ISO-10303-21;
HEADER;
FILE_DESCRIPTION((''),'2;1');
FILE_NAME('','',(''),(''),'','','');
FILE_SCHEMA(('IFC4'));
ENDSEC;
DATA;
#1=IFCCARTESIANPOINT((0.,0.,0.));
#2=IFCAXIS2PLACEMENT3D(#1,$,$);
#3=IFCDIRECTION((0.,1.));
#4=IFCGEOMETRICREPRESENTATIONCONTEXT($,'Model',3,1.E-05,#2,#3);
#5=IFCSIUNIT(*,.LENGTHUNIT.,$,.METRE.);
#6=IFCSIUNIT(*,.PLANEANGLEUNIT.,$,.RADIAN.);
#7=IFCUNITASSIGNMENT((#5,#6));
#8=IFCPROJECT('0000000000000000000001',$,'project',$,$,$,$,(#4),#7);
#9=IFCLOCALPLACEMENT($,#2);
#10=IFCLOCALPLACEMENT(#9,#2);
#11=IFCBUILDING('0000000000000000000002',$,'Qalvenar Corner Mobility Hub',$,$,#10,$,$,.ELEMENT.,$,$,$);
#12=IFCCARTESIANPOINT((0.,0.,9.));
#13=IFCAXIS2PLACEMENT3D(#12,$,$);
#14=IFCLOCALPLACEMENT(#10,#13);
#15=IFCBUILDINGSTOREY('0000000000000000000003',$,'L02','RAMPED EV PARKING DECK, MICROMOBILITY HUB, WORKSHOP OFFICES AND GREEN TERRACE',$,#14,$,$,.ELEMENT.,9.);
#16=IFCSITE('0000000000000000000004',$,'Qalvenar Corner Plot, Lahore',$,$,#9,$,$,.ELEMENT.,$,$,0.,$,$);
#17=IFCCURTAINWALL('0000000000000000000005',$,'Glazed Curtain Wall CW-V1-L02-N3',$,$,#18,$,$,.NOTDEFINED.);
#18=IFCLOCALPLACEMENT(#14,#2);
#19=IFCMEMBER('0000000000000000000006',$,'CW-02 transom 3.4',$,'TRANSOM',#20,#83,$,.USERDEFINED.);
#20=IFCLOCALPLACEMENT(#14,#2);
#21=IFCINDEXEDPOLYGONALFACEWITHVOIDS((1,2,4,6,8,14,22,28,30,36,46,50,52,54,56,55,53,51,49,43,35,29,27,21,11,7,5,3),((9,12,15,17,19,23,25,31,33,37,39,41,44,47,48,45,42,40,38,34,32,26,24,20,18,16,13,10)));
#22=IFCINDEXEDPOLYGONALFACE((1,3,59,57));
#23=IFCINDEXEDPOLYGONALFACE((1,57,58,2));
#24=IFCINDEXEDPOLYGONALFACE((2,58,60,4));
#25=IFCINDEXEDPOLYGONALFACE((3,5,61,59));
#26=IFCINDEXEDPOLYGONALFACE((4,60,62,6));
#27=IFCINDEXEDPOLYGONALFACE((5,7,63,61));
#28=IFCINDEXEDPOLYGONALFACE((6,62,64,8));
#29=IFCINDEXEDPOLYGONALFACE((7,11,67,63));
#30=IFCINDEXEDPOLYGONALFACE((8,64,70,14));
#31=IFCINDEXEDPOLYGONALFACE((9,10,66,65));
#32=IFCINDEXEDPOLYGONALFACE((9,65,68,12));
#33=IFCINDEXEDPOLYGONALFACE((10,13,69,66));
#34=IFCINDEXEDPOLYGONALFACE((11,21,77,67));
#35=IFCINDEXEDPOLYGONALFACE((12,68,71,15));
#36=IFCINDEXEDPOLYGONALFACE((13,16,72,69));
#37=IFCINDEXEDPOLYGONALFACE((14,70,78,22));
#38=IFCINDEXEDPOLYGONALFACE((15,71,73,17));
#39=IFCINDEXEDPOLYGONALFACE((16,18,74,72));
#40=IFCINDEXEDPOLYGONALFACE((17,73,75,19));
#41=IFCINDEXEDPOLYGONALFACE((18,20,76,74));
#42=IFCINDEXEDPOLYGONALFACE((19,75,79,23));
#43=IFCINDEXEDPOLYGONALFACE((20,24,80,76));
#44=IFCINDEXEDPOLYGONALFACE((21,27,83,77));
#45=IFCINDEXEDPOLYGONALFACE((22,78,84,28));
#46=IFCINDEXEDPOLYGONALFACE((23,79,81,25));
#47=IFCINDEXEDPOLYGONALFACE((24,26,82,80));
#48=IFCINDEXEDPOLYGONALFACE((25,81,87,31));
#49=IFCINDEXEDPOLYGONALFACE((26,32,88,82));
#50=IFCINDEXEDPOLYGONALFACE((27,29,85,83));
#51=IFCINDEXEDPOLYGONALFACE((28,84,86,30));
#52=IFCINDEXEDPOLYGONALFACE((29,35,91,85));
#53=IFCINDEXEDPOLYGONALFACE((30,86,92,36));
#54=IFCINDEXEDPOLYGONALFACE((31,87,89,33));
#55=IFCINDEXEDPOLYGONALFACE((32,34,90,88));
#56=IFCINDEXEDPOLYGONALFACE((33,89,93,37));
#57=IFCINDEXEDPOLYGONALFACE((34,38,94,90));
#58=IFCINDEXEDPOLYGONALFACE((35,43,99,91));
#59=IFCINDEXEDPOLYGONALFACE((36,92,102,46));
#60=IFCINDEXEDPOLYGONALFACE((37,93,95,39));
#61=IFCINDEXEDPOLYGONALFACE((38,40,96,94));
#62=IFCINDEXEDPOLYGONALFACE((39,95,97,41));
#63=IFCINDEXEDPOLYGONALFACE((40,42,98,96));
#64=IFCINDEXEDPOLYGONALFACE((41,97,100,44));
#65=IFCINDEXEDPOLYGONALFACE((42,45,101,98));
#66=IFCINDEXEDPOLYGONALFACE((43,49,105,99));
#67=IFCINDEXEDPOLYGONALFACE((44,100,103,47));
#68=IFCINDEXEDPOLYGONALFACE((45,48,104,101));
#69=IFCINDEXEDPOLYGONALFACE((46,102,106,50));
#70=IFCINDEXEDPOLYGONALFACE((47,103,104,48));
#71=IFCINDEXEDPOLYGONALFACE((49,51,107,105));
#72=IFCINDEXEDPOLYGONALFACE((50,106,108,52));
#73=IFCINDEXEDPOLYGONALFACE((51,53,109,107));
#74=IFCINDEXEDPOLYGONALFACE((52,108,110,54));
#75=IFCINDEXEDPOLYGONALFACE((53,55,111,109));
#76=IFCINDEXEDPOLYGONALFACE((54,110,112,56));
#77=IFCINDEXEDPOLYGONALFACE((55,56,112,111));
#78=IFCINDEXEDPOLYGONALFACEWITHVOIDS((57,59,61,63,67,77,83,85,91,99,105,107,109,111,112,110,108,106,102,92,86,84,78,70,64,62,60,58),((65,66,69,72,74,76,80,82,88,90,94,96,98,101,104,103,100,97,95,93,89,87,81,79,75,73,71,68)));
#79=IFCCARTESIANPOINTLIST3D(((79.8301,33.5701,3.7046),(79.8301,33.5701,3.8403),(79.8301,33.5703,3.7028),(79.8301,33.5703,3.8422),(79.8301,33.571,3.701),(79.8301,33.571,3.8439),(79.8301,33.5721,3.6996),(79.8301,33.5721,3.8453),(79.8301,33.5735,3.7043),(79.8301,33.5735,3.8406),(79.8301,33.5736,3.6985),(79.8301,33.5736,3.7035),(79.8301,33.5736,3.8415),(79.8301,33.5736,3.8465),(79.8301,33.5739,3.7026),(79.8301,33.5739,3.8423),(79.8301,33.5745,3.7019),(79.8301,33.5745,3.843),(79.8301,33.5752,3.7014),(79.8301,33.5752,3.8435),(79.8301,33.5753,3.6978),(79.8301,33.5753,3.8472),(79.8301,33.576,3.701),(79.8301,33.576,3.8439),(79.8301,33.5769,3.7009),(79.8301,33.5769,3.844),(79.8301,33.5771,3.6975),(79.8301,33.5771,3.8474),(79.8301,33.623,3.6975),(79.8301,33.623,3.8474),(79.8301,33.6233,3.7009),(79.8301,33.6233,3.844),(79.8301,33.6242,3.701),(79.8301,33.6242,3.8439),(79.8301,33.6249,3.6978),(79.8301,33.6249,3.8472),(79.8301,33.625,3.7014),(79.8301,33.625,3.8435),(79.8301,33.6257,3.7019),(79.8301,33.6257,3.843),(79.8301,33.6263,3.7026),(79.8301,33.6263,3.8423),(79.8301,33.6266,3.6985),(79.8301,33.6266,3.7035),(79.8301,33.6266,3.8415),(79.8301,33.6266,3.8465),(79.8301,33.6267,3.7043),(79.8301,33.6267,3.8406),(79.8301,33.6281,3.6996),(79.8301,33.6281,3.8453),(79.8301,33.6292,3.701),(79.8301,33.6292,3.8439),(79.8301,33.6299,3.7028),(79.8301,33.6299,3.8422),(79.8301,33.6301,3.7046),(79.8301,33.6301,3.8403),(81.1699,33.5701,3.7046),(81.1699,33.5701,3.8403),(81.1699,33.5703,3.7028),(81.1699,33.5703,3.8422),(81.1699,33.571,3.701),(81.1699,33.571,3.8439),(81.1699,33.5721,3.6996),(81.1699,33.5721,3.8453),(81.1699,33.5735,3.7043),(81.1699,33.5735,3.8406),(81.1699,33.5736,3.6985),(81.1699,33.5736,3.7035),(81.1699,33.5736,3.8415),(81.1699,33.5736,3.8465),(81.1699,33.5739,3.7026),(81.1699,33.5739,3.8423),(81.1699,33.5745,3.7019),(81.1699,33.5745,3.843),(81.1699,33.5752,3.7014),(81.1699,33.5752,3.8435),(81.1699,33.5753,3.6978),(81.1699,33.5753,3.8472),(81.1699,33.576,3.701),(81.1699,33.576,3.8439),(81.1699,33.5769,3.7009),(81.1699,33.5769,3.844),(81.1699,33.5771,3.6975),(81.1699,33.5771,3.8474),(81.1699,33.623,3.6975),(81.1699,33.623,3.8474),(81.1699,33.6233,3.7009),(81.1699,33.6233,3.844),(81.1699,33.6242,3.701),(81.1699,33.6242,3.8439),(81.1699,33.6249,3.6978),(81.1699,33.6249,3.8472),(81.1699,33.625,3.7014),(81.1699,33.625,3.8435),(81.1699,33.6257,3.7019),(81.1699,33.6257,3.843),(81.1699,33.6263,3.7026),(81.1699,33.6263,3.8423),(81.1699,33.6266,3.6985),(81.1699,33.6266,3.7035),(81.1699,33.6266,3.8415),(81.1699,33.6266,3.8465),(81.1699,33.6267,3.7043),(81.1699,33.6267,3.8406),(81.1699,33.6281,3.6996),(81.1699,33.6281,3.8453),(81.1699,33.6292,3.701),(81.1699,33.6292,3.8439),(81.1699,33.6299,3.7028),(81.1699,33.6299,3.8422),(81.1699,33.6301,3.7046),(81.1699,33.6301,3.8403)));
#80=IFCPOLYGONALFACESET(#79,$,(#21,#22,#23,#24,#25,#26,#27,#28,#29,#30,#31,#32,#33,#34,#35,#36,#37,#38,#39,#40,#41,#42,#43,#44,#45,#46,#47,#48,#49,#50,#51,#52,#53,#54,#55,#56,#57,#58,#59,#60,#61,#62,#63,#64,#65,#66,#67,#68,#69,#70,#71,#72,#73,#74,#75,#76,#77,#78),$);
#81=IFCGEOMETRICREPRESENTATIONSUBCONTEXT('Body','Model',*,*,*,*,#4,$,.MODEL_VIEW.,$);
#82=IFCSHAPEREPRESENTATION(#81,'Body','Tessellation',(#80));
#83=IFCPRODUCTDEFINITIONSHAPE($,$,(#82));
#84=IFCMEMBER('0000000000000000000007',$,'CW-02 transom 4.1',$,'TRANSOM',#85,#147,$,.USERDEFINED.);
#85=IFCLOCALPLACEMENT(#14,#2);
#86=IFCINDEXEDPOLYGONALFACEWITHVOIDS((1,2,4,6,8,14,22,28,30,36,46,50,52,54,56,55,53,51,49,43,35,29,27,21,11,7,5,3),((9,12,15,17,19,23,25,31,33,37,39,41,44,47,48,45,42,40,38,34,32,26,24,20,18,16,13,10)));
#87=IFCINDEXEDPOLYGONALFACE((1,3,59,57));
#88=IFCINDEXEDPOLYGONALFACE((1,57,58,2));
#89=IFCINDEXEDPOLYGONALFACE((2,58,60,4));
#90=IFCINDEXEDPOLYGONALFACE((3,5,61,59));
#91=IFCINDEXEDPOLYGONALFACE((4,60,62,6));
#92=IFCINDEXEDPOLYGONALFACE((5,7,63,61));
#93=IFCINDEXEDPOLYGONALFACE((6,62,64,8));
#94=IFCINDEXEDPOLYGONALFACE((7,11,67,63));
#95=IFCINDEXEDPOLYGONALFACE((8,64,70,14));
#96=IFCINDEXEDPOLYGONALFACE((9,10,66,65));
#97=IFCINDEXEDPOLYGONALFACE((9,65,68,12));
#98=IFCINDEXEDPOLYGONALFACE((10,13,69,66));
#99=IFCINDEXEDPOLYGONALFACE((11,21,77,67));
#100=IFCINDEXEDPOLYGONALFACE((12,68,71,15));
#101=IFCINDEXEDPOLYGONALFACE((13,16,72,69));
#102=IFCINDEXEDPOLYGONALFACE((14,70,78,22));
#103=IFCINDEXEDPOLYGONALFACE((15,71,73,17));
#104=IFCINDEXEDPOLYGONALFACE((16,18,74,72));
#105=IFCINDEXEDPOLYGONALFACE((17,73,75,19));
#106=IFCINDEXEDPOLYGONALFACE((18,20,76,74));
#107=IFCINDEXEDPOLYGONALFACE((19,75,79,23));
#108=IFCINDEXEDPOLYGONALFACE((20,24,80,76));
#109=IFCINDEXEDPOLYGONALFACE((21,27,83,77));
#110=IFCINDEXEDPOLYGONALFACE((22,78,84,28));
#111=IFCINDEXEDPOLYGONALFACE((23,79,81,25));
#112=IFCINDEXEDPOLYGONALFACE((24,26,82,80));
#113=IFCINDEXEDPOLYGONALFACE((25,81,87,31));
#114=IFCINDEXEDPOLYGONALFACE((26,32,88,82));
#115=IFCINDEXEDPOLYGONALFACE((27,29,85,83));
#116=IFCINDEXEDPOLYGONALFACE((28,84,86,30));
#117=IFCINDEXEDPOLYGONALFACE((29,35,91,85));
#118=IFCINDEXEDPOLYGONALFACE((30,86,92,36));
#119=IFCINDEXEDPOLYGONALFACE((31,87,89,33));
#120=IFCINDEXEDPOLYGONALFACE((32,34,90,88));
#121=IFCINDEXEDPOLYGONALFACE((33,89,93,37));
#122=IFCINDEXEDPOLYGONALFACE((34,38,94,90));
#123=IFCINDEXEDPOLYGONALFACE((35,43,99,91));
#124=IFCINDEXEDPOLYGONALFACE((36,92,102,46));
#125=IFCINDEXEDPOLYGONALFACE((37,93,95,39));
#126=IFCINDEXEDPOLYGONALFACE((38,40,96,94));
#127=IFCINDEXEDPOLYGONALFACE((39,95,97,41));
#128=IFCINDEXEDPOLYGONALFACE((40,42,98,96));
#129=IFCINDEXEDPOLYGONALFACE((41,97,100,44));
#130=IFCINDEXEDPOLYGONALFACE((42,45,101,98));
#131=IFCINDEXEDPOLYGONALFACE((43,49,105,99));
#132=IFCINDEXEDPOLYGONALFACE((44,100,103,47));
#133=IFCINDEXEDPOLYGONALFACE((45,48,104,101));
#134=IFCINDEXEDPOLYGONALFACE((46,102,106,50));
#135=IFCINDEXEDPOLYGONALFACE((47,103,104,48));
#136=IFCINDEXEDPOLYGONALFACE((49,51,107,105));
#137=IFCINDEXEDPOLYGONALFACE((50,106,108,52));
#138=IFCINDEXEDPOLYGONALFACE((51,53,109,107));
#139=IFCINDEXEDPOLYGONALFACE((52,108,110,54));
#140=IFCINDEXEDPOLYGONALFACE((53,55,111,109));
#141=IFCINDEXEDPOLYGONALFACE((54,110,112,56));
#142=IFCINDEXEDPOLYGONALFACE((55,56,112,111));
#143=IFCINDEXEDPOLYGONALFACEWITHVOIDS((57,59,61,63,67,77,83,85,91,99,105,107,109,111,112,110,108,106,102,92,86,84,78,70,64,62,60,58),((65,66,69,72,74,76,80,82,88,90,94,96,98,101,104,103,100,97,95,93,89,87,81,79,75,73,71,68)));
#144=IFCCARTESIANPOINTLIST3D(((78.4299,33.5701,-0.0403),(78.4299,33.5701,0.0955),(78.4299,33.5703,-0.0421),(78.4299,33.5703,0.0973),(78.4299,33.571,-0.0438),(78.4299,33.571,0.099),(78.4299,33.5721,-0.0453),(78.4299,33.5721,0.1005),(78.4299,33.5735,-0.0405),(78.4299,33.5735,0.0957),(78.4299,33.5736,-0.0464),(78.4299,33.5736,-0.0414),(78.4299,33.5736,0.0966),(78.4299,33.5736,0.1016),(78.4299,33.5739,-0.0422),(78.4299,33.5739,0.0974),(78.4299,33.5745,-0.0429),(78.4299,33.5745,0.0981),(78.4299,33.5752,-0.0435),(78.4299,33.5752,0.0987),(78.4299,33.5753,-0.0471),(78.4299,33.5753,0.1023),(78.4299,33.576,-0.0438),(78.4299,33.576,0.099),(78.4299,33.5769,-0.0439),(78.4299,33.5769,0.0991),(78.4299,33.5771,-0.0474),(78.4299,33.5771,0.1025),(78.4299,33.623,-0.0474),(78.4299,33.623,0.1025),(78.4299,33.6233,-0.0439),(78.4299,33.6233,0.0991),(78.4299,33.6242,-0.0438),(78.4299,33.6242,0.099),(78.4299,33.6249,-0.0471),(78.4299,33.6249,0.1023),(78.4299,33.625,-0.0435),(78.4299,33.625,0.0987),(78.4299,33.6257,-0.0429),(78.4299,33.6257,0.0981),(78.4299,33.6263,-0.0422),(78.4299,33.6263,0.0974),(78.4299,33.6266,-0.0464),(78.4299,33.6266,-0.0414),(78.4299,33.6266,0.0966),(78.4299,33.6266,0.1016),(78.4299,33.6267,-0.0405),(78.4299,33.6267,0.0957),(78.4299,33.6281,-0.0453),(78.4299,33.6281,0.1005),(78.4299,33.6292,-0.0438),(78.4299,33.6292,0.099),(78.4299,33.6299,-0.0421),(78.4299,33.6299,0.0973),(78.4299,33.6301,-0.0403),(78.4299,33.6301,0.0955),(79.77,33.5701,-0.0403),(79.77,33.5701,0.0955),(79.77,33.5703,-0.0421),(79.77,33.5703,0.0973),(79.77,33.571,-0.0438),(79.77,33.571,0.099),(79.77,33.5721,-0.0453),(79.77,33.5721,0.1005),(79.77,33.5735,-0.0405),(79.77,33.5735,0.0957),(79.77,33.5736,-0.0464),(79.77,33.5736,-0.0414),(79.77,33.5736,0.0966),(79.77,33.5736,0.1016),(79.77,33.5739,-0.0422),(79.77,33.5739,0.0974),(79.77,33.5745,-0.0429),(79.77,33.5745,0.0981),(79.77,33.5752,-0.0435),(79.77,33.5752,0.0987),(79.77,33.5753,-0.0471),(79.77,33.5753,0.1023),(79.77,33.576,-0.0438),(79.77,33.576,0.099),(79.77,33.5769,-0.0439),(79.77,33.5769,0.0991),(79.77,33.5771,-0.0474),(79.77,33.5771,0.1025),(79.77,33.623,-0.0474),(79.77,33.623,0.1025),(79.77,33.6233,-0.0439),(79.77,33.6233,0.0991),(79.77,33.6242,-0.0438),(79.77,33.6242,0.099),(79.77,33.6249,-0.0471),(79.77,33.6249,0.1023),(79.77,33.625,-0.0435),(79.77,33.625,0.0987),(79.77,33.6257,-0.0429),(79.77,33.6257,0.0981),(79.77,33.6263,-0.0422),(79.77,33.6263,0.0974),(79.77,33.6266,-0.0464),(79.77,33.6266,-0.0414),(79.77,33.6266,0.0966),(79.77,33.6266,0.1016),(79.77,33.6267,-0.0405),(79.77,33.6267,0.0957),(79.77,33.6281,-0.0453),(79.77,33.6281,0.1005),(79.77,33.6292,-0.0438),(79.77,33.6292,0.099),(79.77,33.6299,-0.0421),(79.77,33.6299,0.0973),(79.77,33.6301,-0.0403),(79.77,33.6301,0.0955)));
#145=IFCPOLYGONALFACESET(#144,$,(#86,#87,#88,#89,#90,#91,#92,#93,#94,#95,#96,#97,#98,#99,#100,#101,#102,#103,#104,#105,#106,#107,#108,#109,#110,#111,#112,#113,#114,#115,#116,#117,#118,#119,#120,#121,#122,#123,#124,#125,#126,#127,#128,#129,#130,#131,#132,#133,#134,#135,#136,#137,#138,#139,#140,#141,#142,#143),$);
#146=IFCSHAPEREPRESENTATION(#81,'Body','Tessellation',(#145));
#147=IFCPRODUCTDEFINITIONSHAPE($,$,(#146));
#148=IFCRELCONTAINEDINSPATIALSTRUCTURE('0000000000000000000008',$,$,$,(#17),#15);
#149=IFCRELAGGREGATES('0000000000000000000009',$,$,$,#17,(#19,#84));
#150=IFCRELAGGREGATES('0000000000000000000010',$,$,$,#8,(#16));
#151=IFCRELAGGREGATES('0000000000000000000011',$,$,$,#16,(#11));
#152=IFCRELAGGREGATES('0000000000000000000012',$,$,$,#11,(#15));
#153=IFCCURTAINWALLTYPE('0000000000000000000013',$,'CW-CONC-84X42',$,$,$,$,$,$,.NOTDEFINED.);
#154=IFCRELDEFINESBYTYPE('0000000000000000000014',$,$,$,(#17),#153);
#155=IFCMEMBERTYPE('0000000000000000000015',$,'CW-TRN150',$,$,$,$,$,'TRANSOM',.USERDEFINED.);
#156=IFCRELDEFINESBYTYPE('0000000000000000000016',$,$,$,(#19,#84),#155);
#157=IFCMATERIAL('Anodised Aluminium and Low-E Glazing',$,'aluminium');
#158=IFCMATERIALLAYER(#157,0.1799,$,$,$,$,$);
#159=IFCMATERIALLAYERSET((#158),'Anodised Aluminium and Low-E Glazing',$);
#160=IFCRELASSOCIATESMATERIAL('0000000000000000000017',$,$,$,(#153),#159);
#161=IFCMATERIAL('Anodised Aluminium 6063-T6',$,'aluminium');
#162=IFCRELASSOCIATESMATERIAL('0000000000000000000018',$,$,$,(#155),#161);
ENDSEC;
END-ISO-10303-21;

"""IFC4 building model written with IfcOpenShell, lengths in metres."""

from ifc_helpers import new_model, si_unit, direction, frame, origin, origin_2d, place, context, subcontext, project, spatial, hollow_rectangle, extrude, material, layer, layer_set, material_profile, profile_set, type_object, element, aggregate, save


model = new_model("IFC4")

# Units and contexts
model_context = context("Model", 3, precision=1e-05, world=origin(), true_north=direction((0.0, 1.0)))
body_context = subcontext(model_context, "Body", "Model", "MODEL_VIEW")
ifc_project = project(units=[si_unit("LENGTHUNIT", "METRE"), si_unit("PLANEANGLEUNIT", "RADIAN")], contexts=[model_context])

# Site, building, storey
site_placement = place(None, origin())
site = spatial("IfcSite", under=ifc_project, at=site_placement, Name="Qalvenar Corner Plot, Lahore", CompositionType="ELEMENT", RefElevation=0.0)
building_placement = place(site_placement, origin())
building = spatial("IfcBuilding", under=site, at=building_placement, Name="Qalvenar Corner Mobility Hub", CompositionType="ELEMENT")
storey_placement = place(building_placement, frame((0.0, 0.0, 9.0)))
storey = spatial("IfcBuildingStorey", under=building, at=storey_placement, Name="L02", Description="RAMPED EV PARKING DECK, MICROMOBILITY HUB, WORKSHOP OFFICES AND GREEN TERRACE", CompositionType="ELEMENT", Elevation=9.0)

# Curtain wall, members
ifc_material_1 = material(Name="Anodised Aluminium and Low-E Glazing", Category="aluminium")
ifc_layer_1 = layer(ifc_material_1, 0.1799)
ifc_layer_set_1 = layer_set([ifc_layer_1], Name="Anodised Aluminium and Low-E Glazing")
curtain_wall_type = type_object("IfcCurtainWallType", Name="CW-CONC-84X42", PredefinedType="NOTDEFINED", material=ifc_layer_set_1)
curtain_wall_placement = place(storey_placement, origin())
curtain_wall = element("IfcCurtainWall", 1, at=curtain_wall_placement, inside=storey, type_object=curtain_wall_type, Name="Glazed Curtain Wall CW-V1-L02-N3", PredefinedType="NOTDEFINED")
ifc_material_2 = material(Name="Anodised Aluminium 6063-T6", Category="aluminium")
ifc_material_profile_1 = material_profile(ifc_material_2, hollow_rectangle(XDim=0.0601, YDim=0.1499, WallThickness=0.0034, InnerFilletRadius=0.0034, OuterFilletRadius=0.0071, at=origin_2d()), Name="RHS150x60x3.5")
ifc_profile_set_1 = profile_set([ifc_material_profile_1], Name="Anodised Aluminium 6063-T6")
member_type_1 = type_object("IfcMemberType", Name="CW-TRN150", ElementType="TRANSOM", PredefinedType="USERDEFINED", material=ifc_profile_set_1)
member_1_placement = place(storey_placement, frame((81.1699, 33.6001, 3.7725), z_axis=(-1.0, 0.0, 0.0), x_axis=(0.0, -1.0, 0.0)))
member_1 = element("IfcMember", 2, at=member_1_placement, type_object=member_type_1, Name="CW-02 transom 3.4", ObjectType="TRANSOM", PredefinedType="USERDEFINED", context=body_context, shape_type="SweptSolid", body=[
    extrude(hollow_rectangle(XDim=0.0601, YDim=0.1499, WallThickness=0.0034, InnerFilletRadius=0.0034, OuterFilletRadius=0.0071, at=origin_2d()), origin(), (0.0, 0.0, 1.0), 1.3398),
])
member_2_placement = place(storey_placement, frame((79.77, 33.6001, 0.0276), z_axis=(-1.0, 0.0, 0.0), x_axis=(0.0, -1.0, 0.0)))
member_2 = element("IfcMember", 3, at=member_2_placement, type_object=member_type_1, Name="CW-02 transom 4.1", ObjectType="TRANSOM", PredefinedType="USERDEFINED", context=body_context, shape_type="SweptSolid", body=[
    extrude(hollow_rectangle(XDim=0.0601, YDim=0.1499, WallThickness=0.0034, InnerFilletRadius=0.0034, OuterFilletRadius=0.0071, at=origin_2d()), origin(), (0.0, 0.0, 1.0), 1.3401),
])
aggregate(curtain_wall, [member_1, member_2])

save(model, "model.ifc")
